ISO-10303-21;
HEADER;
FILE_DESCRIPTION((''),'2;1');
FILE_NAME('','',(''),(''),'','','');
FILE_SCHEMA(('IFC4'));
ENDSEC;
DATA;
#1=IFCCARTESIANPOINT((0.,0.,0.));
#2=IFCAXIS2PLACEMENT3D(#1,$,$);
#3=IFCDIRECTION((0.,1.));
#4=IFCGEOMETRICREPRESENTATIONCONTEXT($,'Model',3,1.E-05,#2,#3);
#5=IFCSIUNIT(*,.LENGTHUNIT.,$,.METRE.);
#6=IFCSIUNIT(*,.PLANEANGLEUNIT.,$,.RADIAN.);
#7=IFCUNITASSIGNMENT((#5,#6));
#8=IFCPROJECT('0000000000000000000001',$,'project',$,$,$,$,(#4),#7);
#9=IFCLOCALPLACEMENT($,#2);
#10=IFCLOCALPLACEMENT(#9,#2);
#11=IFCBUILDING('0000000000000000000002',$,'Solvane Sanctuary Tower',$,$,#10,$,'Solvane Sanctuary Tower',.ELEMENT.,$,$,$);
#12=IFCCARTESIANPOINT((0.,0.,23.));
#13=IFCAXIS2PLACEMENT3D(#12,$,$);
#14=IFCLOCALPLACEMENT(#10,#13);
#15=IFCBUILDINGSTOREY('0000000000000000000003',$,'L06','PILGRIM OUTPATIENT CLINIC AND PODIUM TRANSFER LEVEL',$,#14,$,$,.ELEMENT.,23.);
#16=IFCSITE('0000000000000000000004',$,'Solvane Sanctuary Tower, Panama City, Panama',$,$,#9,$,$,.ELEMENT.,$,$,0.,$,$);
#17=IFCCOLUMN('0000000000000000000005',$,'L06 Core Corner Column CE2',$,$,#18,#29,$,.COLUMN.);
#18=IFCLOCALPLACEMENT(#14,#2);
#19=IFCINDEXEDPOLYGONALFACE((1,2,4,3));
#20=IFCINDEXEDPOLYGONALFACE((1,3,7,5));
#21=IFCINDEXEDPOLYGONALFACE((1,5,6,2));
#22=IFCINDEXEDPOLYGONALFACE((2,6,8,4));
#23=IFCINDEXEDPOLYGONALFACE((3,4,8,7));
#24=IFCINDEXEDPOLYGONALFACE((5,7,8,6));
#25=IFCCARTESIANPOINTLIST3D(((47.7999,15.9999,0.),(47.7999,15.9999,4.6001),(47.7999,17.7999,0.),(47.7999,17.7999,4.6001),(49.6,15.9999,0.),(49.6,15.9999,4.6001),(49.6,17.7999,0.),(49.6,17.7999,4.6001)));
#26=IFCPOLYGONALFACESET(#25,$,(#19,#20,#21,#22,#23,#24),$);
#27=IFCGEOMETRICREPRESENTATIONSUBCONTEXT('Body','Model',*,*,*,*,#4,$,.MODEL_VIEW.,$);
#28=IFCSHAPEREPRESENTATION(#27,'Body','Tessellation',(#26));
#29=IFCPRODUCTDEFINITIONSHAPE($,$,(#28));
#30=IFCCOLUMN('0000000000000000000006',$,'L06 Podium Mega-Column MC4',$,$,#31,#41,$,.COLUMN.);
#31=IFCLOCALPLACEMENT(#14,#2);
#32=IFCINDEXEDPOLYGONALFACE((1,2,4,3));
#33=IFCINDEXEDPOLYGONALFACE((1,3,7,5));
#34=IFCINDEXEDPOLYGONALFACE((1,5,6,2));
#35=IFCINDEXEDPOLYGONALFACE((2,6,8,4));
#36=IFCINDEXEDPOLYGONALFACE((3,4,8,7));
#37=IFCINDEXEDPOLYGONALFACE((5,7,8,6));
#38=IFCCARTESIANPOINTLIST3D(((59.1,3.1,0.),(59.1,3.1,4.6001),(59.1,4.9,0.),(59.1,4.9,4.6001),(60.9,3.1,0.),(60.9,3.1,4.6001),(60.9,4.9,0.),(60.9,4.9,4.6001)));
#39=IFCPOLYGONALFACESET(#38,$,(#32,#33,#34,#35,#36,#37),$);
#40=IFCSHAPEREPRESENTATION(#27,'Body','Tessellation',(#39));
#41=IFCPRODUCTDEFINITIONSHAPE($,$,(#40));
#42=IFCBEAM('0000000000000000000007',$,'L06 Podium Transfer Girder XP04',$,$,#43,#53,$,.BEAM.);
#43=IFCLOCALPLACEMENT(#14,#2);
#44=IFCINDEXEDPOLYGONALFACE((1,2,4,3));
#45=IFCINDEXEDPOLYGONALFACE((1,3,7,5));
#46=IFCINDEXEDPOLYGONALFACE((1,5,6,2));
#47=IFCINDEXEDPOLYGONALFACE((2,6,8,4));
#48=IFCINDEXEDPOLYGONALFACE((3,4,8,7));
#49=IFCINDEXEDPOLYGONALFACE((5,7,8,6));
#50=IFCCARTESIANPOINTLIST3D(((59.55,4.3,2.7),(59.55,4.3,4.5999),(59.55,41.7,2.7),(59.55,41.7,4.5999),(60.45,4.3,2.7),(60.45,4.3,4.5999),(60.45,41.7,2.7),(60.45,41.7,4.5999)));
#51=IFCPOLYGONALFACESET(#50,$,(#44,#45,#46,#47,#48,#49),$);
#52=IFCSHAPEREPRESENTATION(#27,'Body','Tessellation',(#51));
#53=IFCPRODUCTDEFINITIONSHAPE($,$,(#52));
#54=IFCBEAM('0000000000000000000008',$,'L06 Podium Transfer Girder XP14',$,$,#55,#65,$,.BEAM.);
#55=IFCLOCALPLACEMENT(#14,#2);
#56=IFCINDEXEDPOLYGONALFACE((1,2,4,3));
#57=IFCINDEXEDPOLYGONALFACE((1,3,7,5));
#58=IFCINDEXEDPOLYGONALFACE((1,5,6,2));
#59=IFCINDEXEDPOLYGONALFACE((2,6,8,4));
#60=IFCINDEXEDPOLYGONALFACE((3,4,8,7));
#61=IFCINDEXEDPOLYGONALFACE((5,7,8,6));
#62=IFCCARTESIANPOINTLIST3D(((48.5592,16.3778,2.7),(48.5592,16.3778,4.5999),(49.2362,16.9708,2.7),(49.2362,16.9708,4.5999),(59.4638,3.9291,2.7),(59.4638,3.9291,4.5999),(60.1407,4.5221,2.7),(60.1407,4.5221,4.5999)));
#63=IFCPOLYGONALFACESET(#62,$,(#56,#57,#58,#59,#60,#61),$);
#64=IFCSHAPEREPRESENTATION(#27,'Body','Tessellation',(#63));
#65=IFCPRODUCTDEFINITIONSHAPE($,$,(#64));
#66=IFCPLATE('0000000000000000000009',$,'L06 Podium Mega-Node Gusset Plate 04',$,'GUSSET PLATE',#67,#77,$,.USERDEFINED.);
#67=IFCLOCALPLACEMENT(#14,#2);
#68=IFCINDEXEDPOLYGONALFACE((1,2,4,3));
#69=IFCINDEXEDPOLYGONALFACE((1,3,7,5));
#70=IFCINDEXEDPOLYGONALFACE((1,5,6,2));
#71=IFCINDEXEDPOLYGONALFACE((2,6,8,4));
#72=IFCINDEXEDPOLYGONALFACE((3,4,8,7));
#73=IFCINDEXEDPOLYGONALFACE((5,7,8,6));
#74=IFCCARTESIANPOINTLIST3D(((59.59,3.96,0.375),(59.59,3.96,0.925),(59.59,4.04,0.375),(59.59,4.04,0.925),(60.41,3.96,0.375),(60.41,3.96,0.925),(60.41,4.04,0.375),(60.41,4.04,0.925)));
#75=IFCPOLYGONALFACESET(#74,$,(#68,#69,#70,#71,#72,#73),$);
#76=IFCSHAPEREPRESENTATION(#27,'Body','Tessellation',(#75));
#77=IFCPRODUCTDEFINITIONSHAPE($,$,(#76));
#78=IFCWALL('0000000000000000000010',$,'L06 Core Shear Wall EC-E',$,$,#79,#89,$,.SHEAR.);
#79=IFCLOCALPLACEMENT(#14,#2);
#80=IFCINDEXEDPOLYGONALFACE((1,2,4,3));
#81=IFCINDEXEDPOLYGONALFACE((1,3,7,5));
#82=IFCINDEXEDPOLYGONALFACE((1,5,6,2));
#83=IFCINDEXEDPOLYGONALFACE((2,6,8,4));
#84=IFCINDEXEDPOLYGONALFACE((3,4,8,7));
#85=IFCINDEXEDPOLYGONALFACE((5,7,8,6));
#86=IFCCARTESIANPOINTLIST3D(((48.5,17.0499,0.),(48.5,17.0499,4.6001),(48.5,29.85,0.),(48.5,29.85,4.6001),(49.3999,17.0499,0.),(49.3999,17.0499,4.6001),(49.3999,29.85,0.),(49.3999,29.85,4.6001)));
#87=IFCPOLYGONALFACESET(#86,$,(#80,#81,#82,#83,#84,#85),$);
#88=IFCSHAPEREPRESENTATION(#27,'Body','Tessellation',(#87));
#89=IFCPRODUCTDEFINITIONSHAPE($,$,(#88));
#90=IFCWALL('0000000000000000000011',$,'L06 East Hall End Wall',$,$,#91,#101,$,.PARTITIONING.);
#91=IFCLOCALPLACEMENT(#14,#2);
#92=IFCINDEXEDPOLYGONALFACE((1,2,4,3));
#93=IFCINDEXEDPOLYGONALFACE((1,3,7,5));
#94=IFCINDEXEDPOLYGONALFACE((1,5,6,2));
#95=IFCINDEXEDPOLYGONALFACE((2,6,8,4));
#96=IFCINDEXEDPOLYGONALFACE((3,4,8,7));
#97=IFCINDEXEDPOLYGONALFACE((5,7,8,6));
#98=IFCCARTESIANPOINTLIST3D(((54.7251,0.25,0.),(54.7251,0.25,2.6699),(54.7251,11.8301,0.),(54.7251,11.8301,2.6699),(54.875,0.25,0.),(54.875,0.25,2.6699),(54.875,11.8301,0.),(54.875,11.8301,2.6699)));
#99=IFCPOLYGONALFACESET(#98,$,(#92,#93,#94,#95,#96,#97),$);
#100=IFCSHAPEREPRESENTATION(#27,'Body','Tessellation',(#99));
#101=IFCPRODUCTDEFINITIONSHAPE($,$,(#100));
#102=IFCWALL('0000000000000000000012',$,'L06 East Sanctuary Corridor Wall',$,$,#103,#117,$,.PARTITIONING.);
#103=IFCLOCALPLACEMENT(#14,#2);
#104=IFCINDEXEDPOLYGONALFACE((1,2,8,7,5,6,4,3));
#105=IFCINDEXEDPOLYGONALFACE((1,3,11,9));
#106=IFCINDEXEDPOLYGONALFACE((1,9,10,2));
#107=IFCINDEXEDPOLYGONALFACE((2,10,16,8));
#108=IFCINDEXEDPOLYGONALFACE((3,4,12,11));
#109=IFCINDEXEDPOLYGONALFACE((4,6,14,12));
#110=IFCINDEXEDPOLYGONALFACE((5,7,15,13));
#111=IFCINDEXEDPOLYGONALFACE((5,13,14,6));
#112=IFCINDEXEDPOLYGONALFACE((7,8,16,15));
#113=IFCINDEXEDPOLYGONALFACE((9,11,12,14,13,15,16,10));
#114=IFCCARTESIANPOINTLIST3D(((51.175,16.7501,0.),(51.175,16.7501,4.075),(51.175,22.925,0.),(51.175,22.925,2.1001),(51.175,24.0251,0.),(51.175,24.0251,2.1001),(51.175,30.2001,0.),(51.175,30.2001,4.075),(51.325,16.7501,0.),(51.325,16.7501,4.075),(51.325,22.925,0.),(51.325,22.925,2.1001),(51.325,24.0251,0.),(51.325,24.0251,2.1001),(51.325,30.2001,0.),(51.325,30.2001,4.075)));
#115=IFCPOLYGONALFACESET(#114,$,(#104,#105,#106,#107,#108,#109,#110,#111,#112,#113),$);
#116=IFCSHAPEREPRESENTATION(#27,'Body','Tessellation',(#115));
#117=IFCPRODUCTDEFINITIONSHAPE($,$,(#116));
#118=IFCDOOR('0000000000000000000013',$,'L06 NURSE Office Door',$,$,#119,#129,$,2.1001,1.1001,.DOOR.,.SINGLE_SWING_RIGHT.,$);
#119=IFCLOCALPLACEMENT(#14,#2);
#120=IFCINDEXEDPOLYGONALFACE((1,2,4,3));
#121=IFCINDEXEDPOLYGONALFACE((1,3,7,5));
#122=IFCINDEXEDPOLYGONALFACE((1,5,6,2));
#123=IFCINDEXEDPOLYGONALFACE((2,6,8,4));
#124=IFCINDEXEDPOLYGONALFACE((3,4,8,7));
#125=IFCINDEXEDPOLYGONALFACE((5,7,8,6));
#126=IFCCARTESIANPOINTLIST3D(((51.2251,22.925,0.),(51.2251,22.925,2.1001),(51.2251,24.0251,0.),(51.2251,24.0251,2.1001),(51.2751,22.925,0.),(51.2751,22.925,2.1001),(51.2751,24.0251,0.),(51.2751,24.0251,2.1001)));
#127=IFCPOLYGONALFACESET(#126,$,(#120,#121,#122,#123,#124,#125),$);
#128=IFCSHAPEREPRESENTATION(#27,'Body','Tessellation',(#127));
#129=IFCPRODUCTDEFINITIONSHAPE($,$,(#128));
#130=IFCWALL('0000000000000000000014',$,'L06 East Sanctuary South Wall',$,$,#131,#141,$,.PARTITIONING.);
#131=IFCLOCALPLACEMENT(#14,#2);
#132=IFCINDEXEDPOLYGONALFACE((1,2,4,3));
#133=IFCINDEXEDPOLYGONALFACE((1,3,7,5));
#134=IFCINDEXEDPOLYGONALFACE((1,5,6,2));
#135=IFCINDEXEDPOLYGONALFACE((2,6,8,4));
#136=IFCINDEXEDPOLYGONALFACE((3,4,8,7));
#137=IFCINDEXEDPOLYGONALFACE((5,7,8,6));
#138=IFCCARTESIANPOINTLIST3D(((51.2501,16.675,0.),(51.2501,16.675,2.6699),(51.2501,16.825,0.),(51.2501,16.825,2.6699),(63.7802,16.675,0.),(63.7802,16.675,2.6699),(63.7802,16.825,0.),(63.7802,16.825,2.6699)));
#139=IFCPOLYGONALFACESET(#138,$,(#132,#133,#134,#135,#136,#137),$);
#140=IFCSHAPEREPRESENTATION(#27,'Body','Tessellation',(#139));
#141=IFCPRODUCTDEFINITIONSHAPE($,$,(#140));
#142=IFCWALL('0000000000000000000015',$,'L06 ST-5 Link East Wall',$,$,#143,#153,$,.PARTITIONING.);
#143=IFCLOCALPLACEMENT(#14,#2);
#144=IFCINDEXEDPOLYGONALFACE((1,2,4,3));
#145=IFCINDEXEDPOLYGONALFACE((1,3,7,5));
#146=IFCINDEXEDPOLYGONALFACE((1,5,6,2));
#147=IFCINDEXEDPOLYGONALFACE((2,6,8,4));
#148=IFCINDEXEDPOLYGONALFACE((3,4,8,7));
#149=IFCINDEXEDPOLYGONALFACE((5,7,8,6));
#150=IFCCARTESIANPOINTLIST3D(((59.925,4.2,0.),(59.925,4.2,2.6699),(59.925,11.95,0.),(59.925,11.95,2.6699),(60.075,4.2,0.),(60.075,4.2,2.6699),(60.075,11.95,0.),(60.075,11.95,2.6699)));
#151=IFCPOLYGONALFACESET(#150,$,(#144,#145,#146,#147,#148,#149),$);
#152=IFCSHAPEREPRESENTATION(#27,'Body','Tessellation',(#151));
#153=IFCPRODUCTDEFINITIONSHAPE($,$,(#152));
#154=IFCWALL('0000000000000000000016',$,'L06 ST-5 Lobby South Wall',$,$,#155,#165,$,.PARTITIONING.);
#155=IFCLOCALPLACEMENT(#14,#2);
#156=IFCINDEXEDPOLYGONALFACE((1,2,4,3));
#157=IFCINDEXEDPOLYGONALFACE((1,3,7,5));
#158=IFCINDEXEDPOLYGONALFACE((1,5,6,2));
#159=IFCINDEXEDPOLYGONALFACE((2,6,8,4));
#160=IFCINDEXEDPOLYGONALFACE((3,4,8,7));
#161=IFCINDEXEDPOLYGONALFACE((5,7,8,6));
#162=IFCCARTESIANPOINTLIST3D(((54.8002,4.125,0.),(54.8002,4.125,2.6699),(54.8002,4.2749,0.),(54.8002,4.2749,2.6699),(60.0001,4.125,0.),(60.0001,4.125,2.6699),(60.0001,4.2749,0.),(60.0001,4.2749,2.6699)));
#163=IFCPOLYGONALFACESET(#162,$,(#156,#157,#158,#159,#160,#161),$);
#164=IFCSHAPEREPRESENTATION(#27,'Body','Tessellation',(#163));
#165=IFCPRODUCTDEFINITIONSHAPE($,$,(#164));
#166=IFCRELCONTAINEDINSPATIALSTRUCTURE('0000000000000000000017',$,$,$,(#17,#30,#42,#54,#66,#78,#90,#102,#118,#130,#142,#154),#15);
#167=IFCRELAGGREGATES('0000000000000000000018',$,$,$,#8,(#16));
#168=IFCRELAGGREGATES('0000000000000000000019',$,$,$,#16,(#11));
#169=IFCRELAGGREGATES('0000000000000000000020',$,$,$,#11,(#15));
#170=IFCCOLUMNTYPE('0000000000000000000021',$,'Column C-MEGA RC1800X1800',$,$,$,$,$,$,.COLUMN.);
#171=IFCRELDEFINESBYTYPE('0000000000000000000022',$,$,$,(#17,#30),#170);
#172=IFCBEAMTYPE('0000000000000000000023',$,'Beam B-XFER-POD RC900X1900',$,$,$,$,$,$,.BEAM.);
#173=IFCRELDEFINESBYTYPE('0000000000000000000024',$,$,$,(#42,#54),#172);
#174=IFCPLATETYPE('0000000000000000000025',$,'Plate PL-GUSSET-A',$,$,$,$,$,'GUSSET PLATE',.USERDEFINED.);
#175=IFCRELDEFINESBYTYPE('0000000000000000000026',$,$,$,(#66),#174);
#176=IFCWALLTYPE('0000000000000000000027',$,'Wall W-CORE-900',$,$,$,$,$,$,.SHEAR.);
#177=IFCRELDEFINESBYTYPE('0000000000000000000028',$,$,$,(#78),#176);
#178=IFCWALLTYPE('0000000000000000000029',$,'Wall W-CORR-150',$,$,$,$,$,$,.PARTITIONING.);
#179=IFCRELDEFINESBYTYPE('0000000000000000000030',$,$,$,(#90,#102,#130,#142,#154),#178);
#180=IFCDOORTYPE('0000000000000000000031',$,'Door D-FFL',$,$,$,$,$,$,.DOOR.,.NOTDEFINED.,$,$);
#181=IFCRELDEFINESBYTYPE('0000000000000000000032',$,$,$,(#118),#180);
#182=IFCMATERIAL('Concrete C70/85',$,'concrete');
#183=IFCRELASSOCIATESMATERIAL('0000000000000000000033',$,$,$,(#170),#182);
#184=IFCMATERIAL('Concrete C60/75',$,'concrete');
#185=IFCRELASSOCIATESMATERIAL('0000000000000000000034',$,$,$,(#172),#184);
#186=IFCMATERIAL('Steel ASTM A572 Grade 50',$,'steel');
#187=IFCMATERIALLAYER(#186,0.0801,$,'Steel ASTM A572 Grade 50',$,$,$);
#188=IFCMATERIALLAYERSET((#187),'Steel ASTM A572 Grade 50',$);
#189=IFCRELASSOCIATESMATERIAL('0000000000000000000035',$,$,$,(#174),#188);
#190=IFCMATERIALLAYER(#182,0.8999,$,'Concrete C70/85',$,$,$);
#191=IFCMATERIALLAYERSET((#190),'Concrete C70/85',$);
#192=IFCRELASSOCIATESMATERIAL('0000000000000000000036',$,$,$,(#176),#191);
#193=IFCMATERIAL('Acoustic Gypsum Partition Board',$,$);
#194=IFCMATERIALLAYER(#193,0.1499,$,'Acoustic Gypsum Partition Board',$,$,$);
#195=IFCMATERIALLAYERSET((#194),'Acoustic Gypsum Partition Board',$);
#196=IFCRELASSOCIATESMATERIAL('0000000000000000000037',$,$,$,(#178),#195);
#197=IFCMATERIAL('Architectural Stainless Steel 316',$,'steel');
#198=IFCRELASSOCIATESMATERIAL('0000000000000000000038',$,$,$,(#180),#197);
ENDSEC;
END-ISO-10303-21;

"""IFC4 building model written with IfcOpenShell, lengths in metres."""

from ifc_helpers import new_model, si_unit, direction, frame, frame_2d, origin, origin_2d, place, context, subcontext, project, spatial, rectangle, extrude, material, layer, layer_set, material_profile, profile_set, type_object, element, fill, save


model = new_model("IFC4")

# Units and contexts
model_context = context("Model", 3, precision=1e-05, world=origin(), true_north=direction((0.0, 1.0)))
body_context = subcontext(model_context, "Body", "Model", "MODEL_VIEW")
ifc_project = project(units=[si_unit("LENGTHUNIT", "METRE"), si_unit("PLANEANGLEUNIT", "RADIAN")], contexts=[model_context])

# Site, building, storey
site_placement = place(None, origin())
site = spatial("IfcSite", under=ifc_project, at=site_placement, Name="Solvane Sanctuary Tower, Panama City, Panama", CompositionType="ELEMENT", RefElevation=0.0)
building_placement = place(site_placement, origin())
building = spatial("IfcBuilding", under=site, at=building_placement, Name="Solvane Sanctuary Tower", LongName="Solvane Sanctuary Tower", CompositionType="ELEMENT")
storey_placement = place(building_placement, frame((0.0, 0.0, 23.0)))
storey = spatial("IfcBuildingStorey", under=building, at=storey_placement, Name="L06", Description="PILGRIM OUTPATIENT CLINIC AND PODIUM TRANSFER LEVEL", CompositionType="ELEMENT", Elevation=23.0)

# Columns
ifc_material_1 = material(Name="Concrete C70/85", Category="concrete")
ifc_material_profile_1 = material_profile(ifc_material_1, rectangle(XDim=1.8, YDim=1.8, at=origin_2d()), Name="RC1800X1800")
ifc_profile_set_1 = profile_set([ifc_material_profile_1], Name="Concrete C70/85")
column_type = type_object("IfcColumnType", Name="Column C-MEGA RC1800X1800", PredefinedType="COLUMN", material=ifc_profile_set_1)
for number, where, z_axis, x_axis, name in (
    (1, (48.7, 16.8999, 0.0), (0.0, 0.0, 1.0), (1.0, 0.0, 0.0), "L06 Core Corner Column CE2"),
    (2, (60.0, 4.0, 0.0), (0.0, 0.0, 1.0), (1.0, 0.0, 0.0), "L06 Podium Mega-Column MC4"),
):
    element("IfcColumn", number, at=place(storey_placement, frame(where, z_axis=z_axis, x_axis=x_axis)), inside=storey, type_object=column_type, Name=name, PredefinedType="COLUMN", context=body_context, shape_type="SweptSolid", body=[
        extrude(rectangle(XDim=1.8, YDim=1.8, at=origin_2d()), origin(), (0.0, 0.0, 1.0), 4.6001),
    ])

# Beams
ifc_material_2 = material(Name="Concrete C60/75", Category="concrete")
ifc_material_profile_2 = material_profile(ifc_material_2, rectangle(XDim=0.8999, YDim=1.8999, at=origin_2d()), Name="RC900X1900")
ifc_profile_set_2 = profile_set([ifc_material_profile_2], Name="Concrete C60/75")
beam_type = type_object("IfcBeamType", Name="Beam B-XFER-POD RC900X1900", PredefinedType="BEAM", material=ifc_profile_set_2)
beam_1_placement = place(storey_placement, frame((60.0, 4.3, 3.6499), z_axis=(0.0, 1.0, 0.0), x_axis=(-1.0, 0.0, 0.0)))
element("IfcBeam", 3, at=beam_1_placement, inside=storey, type_object=beam_type, Name="L06 Podium Transfer Girder XP04", PredefinedType="BEAM", context=body_context, shape_type="SweptSolid", body=[
    extrude(rectangle(XDim=0.8999, YDim=1.8999, at=origin_2d()), origin(), (0.0, 0.0, 1.0), 37.3999),
])
beam_2_placement = place(storey_placement, frame((59.8022, 4.2256, 3.6499), z_axis=(-0.658912, 0.75222, 0.0), x_axis=(-0.75222, -0.658912, 0.0)))
element("IfcBeam", 4, at=beam_2_placement, inside=storey, type_object=beam_type, Name="L06 Podium Transfer Girder XP14", PredefinedType="BEAM", context=body_context, shape_type="SweptSolid", body=[
    extrude(rectangle(XDim=0.8999, YDim=1.8999, at=origin_2d()), origin(), (0.0, 0.0, 1.0), 16.5493),
])

# Plate
ifc_material_3 = material(Name="Steel ASTM A572 Grade 50", Category="steel")
ifc_layer_1 = layer(ifc_material_3, 0.0801, Name="Steel ASTM A572 Grade 50")
ifc_layer_set_1 = layer_set([ifc_layer_1], Name="Steel ASTM A572 Grade 50")
plate_type = type_object("IfcPlateType", Name="Plate PL-GUSSET-A", ElementType="GUSSET PLATE", PredefinedType="USERDEFINED", material=ifc_layer_set_1)
plate_placement = place(storey_placement, frame((60.0, 4.0, 0.375), z_axis=(0.0, 0.0, 1.0), x_axis=(1.0, 0.0, 0.0)))
element("IfcPlate", 5, at=plate_placement, inside=storey, type_object=plate_type, Name="L06 Podium Mega-Node Gusset Plate 04", ObjectType="GUSSET PLATE", PredefinedType="USERDEFINED", context=body_context, shape_type="SweptSolid", body=[
    extrude(rectangle(XDim=0.8201, YDim=0.0801, at=origin_2d()), origin(), (0.0, 0.0, 1.0), 0.55),
])

# Walls
ifc_layer_2 = layer(ifc_material_1, 0.8999, Name="Concrete C70/85")
ifc_layer_set_2 = layer_set([ifc_layer_2], Name="Concrete C70/85")
wall_type_1 = type_object("IfcWallType", Name="Wall W-CORE-900", PredefinedType="SHEAR", material=ifc_layer_set_2)
wall_1_placement = place(storey_placement, frame((48.95, 17.05, 0.0), z_axis=(0.0, 0.0, 1.0), x_axis=(0.0, 1.0, 0.0)))
element("IfcWall", 6, at=wall_1_placement, inside=storey, type_object=wall_type_1, Name="L06 Core Shear Wall EC-E", PredefinedType="SHEAR", context=body_context, shape_type="SweptSolid", body=[
    extrude(rectangle(XDim=12.8, YDim=0.8999, at=frame_2d((6.3999, 0.0))), origin(), (0.0, 0.0, 1.0), 4.6001),
])
ifc_material_4 = material(Name="Acoustic Gypsum Partition Board")
ifc_layer_3 = layer(ifc_material_4, 0.1499, Name="Acoustic Gypsum Partition Board")
ifc_layer_set_3 = layer_set([ifc_layer_3], Name="Acoustic Gypsum Partition Board")
wall_type_2 = type_object("IfcWallType", Name="Wall W-CORR-150", PredefinedType="PARTITIONING", material=ifc_layer_set_3)
wall_2_placement = place(storey_placement, frame((54.8, 0.25, 0.0), z_axis=(0.0, 0.0, 1.0), x_axis=(0.0, 1.0, 0.0)))
element("IfcWall", 7, at=wall_2_placement, inside=storey, type_object=wall_type_2, Name="L06 East Hall End Wall", PredefinedType="PARTITIONING", context=body_context, shape_type="SweptSolid", body=[
    extrude(rectangle(XDim=11.5801, YDim=0.1499, at=frame_2d((5.79, 0.0))), origin(), (0.0, 0.0, 1.0), 2.6699),
])

# Wall, opening, door
wall_3_placement = place(storey_placement, frame((51.25, 16.75, 0.0), z_axis=(0.0, 0.0, 1.0), x_axis=(0.0, 1.0, 0.0)))
wall_3 = element("IfcWall", 8, at=wall_3_placement, inside=storey, type_object=wall_type_2, Name="L06 East Sanctuary Corridor Wall", PredefinedType="PARTITIONING", context=body_context, shape_type="SweptSolid", body=[
    extrude(rectangle(XDim=13.45, YDim=0.1499, at=frame_2d((6.7251, 0.0))), origin(), (0.0, 0.0, 1.0), 4.075),
])
opening_1_placement = place(wall_3_placement, frame((6.175, 0.0, 0.0)))
opening_1 = element("IfcOpeningElement", 9, at=opening_1_placement, cuts=wall_3, PredefinedType="OPENING", context=body_context, shape_type="SweptSolid", body=[
    extrude(rectangle(XDim=1.1001, YDim=2.1001, at=frame_2d((0.55, 1.05))), frame((0.0, 0.085, 0.0), z_axis=(0.0, -1.0, 0.0), x_axis=(1.0, 0.0, 0.0)), (0.0, 0.0, 1.0), 0.1699),
])
ifc_material_5 = material(Name="Architectural Stainless Steel 316", Category="steel")
door_type_1 = type_object("IfcDoorType", Name="Door D-FFL", OperationType="NOTDEFINED", PredefinedType="DOOR", material=ifc_material_5)
door_1_placement = place(opening_1_placement, origin())
door_1 = element("IfcDoor", 10, at=door_1_placement, inside=storey, type_object=door_type_1, Name="L06 NURSE Office Door", OperationType="SINGLE_SWING_RIGHT", OverallHeight=2.1001, OverallWidth=1.1001, PredefinedType="DOOR", context=body_context, shape_type="SweptSolid", body=[
    extrude(rectangle(XDim=1.1001, YDim=2.1001, at=frame_2d((0.55, 1.05))), frame((0.0, 0.0249, 0.0), z_axis=(0.0, -1.0, 0.0), x_axis=(1.0, 0.0, 0.0)), (0.0, 0.0, 1.0), 0.05),
])
fill(opening_1, door_1)

# Walls
wall_4_placement = place(storey_placement, frame((51.25, 16.75, 0.0), z_axis=(0.0, 0.0, 1.0), x_axis=(1.0, 0.0, 0.0)))
element("IfcWall", 11, at=wall_4_placement, inside=storey, type_object=wall_type_2, Name="L06 East Sanctuary South Wall", PredefinedType="PARTITIONING", context=body_context, shape_type="SweptSolid", body=[
    extrude(rectangle(XDim=12.53, YDim=0.1499, at=frame_2d((6.2651, 0.0))), origin(), (0.0, 0.0, 1.0), 2.6699),
])
wall_5_placement = place(storey_placement, frame((60.0, 4.2, 0.0), z_axis=(0.0, 0.0, 1.0), x_axis=(0.0, 1.0, 0.0)))
element("IfcWall", 12, at=wall_5_placement, inside=storey, type_object=wall_type_2, Name="L06 ST-5 Link East Wall", PredefinedType="PARTITIONING", context=body_context, shape_type="SweptSolid", body=[
    extrude(rectangle(XDim=7.75, YDim=0.1499, at=frame_2d((3.875, 0.0))), origin(), (0.0, 0.0, 1.0), 2.6699),
])
wall_6_placement = place(storey_placement, frame((54.8, 4.2, 0.0), z_axis=(0.0, 0.0, 1.0), x_axis=(1.0, 0.0, 0.0)))
element("IfcWall", 13, at=wall_6_placement, inside=storey, type_object=wall_type_2, Name="L06 ST-5 Lobby South Wall", PredefinedType="PARTITIONING", context=body_context, shape_type="SweptSolid", body=[
    extrude(rectangle(XDim=5.2, YDim=0.1499, at=frame_2d((2.6001, 0.0))), origin(), (0.0, 0.0, 1.0), 2.6699),
])

save(model, "model.ifc")
